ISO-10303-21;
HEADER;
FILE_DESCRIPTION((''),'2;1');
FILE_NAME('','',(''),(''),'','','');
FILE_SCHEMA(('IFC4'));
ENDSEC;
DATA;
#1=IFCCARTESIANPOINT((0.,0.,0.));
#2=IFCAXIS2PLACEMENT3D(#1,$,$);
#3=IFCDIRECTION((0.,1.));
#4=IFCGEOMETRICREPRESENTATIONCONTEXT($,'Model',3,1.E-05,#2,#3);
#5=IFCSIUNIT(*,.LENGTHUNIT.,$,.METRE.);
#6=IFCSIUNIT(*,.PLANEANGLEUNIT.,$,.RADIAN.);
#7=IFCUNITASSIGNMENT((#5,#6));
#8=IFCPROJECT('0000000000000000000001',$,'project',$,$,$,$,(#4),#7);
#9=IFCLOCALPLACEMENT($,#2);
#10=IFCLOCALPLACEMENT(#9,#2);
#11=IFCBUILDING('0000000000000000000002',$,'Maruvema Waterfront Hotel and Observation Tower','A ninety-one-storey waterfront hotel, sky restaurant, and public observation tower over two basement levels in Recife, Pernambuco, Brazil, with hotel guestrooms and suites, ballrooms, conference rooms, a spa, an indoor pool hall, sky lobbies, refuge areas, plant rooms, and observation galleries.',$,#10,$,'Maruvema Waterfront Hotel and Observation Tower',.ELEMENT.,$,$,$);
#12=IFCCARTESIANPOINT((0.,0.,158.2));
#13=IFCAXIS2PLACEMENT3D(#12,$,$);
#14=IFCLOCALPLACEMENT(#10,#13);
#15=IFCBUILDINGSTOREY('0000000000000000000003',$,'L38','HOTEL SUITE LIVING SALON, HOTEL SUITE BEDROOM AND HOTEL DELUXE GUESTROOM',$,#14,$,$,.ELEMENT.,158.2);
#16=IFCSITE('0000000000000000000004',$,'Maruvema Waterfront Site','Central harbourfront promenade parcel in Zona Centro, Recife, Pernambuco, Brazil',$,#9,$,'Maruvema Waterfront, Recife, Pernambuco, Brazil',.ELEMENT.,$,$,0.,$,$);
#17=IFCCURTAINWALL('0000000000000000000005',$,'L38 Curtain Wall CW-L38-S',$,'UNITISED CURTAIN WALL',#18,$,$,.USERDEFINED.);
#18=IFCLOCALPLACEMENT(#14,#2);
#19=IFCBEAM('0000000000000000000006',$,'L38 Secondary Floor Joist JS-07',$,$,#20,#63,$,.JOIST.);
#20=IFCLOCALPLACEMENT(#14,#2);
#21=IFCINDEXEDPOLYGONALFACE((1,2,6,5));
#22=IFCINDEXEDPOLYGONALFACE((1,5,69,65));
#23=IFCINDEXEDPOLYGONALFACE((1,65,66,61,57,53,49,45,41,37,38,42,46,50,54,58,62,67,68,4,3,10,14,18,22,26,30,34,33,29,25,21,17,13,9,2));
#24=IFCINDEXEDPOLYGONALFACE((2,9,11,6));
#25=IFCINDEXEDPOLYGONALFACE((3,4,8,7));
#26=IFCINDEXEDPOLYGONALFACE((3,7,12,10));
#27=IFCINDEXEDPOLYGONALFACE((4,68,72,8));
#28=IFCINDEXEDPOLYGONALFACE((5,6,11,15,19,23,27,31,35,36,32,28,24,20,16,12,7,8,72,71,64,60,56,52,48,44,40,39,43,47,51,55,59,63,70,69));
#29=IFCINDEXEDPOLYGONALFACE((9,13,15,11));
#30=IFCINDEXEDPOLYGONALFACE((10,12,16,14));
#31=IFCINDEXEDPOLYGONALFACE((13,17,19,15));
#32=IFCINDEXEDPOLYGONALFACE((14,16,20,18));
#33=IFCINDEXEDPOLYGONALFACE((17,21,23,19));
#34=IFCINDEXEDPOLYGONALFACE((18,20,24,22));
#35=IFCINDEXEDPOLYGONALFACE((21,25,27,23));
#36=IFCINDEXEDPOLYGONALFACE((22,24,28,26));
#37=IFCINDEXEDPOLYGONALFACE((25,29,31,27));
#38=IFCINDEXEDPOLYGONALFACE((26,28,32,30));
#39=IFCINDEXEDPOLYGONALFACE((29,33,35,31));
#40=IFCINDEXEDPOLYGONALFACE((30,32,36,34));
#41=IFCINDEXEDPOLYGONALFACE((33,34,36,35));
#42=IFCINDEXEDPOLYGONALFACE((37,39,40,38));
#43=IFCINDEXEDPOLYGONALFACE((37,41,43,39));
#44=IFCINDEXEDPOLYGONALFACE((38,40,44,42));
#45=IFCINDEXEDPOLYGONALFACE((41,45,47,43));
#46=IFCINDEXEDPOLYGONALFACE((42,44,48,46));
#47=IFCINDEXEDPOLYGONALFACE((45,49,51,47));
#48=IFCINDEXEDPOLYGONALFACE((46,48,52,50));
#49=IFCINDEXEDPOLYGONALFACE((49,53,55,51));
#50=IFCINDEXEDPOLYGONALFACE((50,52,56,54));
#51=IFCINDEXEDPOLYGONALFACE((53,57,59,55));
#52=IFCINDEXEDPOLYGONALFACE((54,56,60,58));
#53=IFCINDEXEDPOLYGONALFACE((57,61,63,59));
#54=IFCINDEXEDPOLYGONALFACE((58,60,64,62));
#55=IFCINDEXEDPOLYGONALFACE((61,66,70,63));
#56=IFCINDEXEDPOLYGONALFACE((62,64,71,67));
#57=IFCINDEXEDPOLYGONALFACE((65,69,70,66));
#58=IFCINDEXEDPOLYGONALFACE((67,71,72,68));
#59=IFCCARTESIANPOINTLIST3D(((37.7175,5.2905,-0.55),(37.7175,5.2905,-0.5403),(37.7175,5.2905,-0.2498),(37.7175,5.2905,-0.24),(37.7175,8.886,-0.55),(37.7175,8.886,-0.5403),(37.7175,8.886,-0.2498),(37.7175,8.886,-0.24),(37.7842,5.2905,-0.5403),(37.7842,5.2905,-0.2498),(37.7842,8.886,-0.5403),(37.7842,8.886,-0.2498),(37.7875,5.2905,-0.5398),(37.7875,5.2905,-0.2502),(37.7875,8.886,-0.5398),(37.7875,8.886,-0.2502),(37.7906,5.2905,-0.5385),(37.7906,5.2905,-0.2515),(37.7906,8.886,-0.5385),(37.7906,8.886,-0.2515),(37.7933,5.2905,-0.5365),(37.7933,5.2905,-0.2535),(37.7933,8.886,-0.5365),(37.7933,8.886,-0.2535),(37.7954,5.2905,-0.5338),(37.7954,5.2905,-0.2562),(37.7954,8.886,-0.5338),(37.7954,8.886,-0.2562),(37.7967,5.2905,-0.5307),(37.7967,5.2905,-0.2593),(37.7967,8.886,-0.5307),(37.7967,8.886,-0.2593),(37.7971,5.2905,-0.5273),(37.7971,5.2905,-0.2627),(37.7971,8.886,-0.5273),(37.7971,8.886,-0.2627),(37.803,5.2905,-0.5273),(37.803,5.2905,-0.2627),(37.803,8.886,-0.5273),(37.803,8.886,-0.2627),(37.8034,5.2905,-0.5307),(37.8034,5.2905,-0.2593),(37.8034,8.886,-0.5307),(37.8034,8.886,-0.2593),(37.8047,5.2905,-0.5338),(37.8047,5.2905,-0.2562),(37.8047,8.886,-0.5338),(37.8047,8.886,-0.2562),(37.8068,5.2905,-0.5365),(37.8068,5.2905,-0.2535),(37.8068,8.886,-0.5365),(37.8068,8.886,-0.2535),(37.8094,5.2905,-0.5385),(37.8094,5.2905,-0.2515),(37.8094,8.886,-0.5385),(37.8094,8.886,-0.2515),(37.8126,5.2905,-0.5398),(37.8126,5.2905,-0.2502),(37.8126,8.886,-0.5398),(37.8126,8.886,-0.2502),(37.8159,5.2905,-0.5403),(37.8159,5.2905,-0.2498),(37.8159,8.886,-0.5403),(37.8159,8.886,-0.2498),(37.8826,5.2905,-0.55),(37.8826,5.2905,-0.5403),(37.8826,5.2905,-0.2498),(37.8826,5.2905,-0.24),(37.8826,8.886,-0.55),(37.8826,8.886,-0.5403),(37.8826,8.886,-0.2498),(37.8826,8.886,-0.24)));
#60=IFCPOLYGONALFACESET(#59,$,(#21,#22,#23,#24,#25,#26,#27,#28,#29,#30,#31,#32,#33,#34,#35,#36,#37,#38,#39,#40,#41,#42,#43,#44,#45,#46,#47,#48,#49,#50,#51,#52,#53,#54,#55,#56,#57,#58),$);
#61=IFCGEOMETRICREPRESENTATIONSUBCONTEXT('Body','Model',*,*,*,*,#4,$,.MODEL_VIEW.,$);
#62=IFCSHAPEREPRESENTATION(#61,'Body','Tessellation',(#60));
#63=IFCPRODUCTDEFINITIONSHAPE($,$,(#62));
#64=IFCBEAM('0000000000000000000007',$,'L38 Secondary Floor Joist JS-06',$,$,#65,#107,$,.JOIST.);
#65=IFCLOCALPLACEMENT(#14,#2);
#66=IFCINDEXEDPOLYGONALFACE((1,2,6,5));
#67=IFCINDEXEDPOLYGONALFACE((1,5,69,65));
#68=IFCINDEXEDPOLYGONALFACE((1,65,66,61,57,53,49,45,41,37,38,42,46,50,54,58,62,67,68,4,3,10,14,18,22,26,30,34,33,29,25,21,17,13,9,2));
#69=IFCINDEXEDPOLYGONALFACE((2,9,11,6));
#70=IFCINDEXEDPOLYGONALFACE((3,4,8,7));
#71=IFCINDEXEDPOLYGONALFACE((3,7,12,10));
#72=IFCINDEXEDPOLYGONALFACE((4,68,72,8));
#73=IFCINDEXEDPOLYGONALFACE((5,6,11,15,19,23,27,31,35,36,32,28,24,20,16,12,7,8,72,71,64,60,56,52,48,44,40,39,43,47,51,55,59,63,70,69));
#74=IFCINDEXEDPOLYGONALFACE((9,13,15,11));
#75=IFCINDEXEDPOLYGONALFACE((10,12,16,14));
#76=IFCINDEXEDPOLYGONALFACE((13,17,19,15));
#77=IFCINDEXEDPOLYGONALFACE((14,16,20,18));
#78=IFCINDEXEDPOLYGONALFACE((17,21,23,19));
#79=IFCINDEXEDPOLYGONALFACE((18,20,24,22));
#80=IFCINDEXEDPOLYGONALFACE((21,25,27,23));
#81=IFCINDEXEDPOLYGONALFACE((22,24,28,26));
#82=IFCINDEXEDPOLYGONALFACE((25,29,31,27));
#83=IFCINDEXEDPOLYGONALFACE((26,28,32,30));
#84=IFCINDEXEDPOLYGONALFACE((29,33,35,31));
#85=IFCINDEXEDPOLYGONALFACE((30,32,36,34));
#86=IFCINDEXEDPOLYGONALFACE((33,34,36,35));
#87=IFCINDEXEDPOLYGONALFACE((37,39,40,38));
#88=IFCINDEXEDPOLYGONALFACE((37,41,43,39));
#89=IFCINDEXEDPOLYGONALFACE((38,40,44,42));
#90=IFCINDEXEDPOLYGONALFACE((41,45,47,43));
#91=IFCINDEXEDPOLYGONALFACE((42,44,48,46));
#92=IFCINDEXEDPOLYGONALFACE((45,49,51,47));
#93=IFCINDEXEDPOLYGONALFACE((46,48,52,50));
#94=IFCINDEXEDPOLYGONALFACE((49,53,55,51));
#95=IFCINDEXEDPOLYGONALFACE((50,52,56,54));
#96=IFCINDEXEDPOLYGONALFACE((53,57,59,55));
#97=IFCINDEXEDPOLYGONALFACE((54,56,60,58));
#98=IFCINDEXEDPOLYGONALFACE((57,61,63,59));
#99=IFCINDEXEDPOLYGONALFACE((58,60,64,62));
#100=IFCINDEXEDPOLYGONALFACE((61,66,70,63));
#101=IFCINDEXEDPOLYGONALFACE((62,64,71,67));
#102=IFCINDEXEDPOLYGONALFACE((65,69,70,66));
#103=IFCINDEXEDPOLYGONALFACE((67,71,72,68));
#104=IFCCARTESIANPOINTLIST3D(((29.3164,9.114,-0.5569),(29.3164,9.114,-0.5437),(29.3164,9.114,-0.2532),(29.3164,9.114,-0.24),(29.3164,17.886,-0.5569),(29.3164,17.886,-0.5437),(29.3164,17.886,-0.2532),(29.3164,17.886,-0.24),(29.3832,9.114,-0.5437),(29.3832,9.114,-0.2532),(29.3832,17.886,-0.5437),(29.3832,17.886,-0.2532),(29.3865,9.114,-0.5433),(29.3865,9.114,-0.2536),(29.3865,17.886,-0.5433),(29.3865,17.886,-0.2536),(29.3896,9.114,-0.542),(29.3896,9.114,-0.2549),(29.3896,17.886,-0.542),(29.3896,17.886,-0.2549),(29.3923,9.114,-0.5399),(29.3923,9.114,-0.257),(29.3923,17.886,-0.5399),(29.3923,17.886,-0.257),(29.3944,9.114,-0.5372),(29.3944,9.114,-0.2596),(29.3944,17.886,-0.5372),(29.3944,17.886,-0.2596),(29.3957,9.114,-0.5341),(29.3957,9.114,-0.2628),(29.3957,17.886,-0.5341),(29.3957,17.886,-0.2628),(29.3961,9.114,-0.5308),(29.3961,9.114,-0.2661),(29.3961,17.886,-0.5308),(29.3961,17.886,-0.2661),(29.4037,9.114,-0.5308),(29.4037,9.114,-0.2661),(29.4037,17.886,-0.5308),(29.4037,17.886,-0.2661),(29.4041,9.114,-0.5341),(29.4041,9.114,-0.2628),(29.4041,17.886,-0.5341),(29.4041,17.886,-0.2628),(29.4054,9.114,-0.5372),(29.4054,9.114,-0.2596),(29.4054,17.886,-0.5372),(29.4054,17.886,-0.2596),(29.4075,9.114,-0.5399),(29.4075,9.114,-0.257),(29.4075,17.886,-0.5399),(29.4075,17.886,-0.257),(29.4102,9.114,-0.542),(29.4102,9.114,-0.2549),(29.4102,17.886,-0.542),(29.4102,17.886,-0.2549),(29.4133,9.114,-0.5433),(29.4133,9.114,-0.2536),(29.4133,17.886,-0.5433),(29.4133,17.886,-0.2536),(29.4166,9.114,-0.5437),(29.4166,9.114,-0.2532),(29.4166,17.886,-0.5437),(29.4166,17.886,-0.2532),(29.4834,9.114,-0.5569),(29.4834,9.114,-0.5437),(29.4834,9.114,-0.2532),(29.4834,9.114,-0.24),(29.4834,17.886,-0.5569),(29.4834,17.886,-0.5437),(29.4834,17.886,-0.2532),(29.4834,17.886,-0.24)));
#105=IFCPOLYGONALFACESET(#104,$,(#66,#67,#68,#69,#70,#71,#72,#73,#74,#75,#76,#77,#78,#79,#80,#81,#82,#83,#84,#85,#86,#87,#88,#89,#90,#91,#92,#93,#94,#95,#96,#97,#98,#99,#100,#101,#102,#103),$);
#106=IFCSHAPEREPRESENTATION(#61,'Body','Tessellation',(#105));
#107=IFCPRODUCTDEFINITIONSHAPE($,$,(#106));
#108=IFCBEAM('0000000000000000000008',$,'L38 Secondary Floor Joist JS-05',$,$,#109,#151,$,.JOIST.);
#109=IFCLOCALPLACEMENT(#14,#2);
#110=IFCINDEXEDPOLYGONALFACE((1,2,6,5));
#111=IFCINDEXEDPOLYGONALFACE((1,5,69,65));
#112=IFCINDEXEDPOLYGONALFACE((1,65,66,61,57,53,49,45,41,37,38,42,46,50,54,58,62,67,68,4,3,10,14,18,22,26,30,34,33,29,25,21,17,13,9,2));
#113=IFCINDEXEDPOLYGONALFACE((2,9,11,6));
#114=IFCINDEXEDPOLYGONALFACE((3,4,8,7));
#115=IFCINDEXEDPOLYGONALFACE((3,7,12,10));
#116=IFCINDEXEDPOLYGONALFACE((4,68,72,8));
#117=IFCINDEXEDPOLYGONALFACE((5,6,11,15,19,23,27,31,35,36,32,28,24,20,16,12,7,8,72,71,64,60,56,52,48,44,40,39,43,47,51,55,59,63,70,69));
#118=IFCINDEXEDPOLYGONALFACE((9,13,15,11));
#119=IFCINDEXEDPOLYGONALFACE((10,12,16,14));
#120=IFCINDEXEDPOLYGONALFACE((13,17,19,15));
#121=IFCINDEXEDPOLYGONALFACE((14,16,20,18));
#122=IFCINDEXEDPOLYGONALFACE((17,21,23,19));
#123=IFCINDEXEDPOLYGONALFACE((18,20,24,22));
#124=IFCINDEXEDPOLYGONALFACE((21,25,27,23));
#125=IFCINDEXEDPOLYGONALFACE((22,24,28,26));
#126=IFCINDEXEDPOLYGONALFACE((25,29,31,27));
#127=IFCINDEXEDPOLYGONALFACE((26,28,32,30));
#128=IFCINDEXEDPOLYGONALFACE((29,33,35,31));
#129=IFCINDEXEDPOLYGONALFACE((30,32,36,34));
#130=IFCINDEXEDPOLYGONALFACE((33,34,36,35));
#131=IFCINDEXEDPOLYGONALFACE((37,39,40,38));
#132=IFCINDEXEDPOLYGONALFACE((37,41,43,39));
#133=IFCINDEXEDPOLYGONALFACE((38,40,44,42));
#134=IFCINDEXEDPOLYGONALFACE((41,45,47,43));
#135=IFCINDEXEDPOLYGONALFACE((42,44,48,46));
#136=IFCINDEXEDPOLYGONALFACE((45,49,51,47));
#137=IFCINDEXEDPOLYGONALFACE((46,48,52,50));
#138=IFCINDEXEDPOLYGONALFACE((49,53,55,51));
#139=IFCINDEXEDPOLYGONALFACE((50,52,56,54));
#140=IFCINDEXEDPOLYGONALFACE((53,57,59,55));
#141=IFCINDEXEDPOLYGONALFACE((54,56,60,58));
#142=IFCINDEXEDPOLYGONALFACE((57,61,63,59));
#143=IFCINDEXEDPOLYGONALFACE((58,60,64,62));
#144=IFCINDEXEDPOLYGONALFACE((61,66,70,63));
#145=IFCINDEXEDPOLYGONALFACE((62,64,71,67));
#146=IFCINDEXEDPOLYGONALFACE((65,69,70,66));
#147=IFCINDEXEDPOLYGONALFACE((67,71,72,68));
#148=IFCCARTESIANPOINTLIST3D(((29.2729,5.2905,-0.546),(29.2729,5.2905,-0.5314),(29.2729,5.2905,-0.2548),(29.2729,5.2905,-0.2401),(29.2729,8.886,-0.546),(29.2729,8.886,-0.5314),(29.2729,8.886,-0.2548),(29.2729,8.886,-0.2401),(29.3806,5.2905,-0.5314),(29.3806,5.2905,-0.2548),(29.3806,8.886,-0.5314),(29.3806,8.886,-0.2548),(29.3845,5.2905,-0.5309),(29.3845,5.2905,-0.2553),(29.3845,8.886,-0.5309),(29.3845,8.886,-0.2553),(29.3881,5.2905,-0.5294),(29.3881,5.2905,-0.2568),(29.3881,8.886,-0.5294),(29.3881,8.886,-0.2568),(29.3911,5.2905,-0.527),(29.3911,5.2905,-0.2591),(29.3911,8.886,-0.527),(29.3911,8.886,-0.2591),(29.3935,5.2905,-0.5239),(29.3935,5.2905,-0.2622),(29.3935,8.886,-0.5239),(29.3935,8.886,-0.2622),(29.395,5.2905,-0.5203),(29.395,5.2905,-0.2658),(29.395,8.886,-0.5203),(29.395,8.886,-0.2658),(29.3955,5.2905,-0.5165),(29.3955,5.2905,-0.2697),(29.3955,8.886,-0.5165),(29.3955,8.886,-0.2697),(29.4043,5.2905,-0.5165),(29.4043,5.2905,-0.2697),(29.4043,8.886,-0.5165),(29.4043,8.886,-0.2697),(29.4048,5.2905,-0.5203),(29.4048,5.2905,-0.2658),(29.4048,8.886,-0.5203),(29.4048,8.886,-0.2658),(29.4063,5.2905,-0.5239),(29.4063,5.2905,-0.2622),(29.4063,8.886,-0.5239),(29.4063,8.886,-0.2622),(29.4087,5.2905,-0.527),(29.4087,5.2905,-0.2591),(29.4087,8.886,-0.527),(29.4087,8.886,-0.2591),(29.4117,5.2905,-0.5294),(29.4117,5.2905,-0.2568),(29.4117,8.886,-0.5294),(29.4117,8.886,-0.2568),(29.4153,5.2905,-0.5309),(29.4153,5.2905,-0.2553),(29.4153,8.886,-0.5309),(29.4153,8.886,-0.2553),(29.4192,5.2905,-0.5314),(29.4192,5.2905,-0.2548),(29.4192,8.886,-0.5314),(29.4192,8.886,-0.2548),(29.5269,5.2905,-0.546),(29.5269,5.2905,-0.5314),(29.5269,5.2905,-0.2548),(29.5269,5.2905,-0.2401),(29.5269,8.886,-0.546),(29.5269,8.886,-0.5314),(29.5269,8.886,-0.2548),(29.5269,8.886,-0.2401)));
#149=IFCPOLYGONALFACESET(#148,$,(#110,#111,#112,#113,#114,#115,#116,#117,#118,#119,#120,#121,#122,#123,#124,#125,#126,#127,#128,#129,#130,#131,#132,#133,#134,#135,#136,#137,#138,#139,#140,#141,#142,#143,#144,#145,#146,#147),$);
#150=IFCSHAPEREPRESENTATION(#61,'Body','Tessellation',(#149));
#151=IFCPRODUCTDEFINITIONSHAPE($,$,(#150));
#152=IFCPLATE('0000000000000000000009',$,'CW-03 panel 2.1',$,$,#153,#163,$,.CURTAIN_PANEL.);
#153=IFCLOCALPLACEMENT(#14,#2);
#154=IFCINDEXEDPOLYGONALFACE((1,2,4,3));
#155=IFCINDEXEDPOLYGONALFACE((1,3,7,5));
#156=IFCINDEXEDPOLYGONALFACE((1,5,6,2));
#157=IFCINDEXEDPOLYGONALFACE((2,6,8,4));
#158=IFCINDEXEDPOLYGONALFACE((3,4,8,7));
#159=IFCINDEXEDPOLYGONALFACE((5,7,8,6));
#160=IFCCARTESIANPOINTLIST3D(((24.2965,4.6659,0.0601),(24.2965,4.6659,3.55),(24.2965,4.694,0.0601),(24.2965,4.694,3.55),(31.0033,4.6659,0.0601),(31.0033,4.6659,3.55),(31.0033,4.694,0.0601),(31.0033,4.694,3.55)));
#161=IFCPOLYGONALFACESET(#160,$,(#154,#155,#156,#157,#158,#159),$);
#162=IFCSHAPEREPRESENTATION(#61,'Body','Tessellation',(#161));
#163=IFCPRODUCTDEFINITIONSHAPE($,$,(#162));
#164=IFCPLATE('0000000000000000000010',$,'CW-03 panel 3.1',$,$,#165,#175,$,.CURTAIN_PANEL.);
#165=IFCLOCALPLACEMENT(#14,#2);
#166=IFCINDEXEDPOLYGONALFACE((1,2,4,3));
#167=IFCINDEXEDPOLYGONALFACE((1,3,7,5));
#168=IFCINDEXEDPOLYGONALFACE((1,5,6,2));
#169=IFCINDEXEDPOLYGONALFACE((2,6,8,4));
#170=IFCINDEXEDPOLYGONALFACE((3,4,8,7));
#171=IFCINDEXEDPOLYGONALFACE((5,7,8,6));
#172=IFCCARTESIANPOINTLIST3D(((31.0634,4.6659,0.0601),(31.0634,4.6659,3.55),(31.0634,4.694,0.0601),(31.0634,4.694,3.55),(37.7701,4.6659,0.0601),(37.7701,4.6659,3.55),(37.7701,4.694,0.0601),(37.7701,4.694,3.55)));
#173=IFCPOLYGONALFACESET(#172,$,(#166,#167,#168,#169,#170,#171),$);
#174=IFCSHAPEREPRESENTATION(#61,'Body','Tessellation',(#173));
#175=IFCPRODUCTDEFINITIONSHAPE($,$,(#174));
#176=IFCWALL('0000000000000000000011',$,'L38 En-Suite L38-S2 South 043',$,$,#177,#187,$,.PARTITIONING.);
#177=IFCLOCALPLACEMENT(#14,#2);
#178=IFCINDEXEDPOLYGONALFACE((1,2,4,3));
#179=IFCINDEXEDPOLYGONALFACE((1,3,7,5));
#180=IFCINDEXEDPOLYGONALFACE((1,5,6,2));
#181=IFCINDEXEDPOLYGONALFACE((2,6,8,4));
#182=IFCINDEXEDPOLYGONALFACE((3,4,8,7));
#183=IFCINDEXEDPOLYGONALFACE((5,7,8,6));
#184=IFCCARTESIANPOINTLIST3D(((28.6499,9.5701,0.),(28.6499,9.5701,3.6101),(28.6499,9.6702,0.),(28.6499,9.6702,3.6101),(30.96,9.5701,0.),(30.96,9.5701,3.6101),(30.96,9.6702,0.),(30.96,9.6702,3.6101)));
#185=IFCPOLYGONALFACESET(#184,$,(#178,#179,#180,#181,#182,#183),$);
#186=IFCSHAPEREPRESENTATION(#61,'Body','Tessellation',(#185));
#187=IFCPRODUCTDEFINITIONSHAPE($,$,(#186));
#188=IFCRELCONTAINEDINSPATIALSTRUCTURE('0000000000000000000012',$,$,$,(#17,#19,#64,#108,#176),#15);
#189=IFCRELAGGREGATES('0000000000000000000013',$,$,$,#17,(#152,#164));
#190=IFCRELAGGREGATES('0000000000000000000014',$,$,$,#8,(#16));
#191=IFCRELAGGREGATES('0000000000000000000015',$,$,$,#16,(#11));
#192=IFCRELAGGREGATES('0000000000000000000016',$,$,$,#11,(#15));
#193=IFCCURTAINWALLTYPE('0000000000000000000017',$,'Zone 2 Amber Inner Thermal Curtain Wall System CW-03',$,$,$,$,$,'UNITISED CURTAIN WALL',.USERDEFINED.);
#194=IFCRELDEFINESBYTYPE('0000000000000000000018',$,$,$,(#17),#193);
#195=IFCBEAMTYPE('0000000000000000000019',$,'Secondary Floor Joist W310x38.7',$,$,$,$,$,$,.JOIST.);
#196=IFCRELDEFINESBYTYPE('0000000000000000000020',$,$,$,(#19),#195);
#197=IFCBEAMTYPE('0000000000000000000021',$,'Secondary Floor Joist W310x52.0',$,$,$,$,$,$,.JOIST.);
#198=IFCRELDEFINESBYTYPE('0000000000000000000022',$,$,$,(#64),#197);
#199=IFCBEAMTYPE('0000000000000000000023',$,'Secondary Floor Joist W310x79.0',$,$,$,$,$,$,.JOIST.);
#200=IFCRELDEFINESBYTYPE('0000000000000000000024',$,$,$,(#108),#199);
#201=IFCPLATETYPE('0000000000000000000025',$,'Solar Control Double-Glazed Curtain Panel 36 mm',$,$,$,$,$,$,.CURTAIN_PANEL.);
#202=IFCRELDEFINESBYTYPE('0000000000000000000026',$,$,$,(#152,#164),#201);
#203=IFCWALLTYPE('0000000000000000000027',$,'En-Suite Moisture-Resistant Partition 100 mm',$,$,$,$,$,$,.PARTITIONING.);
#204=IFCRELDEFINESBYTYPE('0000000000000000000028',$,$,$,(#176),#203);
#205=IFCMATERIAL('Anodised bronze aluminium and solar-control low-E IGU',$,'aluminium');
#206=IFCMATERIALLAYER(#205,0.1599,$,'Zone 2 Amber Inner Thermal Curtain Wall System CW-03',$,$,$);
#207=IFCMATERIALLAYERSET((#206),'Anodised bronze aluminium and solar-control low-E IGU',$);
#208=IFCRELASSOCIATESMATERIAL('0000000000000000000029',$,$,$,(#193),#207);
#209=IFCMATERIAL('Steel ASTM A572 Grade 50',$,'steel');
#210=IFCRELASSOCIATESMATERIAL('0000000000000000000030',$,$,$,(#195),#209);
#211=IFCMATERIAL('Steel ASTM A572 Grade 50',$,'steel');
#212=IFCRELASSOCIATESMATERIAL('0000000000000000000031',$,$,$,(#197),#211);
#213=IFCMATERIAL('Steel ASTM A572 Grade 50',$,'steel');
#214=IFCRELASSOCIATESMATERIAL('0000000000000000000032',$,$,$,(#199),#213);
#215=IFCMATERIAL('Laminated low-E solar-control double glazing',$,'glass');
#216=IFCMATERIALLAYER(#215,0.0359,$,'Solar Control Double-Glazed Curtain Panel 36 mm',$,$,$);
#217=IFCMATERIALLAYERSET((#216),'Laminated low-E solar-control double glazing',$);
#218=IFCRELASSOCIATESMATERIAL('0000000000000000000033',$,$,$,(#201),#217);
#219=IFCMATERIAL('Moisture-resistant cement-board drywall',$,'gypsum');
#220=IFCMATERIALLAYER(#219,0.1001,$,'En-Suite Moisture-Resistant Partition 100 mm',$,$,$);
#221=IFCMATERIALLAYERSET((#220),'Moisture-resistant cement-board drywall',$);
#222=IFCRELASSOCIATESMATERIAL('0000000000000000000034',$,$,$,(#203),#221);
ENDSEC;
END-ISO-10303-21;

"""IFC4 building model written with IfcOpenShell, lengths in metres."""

from ifc_helpers import new_model, si_unit, direction, frame, frame_2d, origin, origin_2d, place, context, subcontext, project, spatial, rectangle, i_section, extrude, material, layer, layer_set, material_profile, profile_set, type_object, element, aggregate, save


model = new_model("IFC4")

# Units and contexts
model_context = context("Model", 3, precision=1e-05, world=origin(), true_north=direction((0.0, 1.0)))
body_context = subcontext(model_context, "Body", "Model", "MODEL_VIEW")
ifc_project = project(units=[si_unit("LENGTHUNIT", "METRE"), si_unit("PLANEANGLEUNIT", "RADIAN")], contexts=[model_context])

# Site, building, storey
site_placement = place(None, origin())
site = spatial("IfcSite", under=ifc_project, at=site_placement, Name="Maruvema Waterfront Site", Description="Central harbourfront promenade parcel in Zona Centro, Recife, Pernambuco, Brazil", LongName="Maruvema Waterfront, Recife, Pernambuco, Brazil", CompositionType="ELEMENT", RefElevation=0.0)
building_placement = place(site_placement, origin())
building = spatial("IfcBuilding", under=site, at=building_placement, Name="Maruvema Waterfront Hotel and Observation Tower", Description="A ninety-one-storey waterfront hotel, sky restaurant, and public observation tower over two basement levels in Recife, Pernambuco, Brazil, with hotel guestrooms and suites, ballrooms, conference rooms, a spa, an indoor pool hall, sky lobbies, refuge areas, plant rooms, and observation galleries.", LongName="Maruvema Waterfront Hotel and Observation Tower", CompositionType="ELEMENT")
storey_placement = place(building_placement, frame((0.0, 0.0, 158.2)))
storey = spatial("IfcBuildingStorey", under=building, at=storey_placement, Name="L38", Description="HOTEL SUITE LIVING SALON, HOTEL SUITE BEDROOM AND HOTEL DELUXE GUESTROOM", CompositionType="ELEMENT", Elevation=158.2)

# Curtain wall
ifc_material_1 = material(Name="Anodised bronze aluminium and solar-control low-E IGU", Category="aluminium")
ifc_layer_1 = layer(ifc_material_1, 0.1599, Name="Zone 2 Amber Inner Thermal Curtain Wall System CW-03")
ifc_layer_set_1 = layer_set([ifc_layer_1], Name="Anodised bronze aluminium and solar-control low-E IGU")
curtain_wall_type = type_object("IfcCurtainWallType", Name="Zone 2 Amber Inner Thermal Curtain Wall System CW-03", ElementType="UNITISED CURTAIN WALL", PredefinedType="USERDEFINED", material=ifc_layer_set_1)
curtain_wall_placement = place(storey_placement, origin())
curtain_wall = element("IfcCurtainWall", 1, at=curtain_wall_placement, inside=storey, type_object=curtain_wall_type, Name="L38 Curtain Wall CW-L38-S", ObjectType="UNITISED CURTAIN WALL", PredefinedType="USERDEFINED")

# Beams
ifc_material_2 = material(Name="Steel ASTM A572 Grade 50", Category="steel")
ifc_material_profile_1 = material_profile(ifc_material_2, i_section(OverallWidth=0.165, OverallDepth=0.3101, WebThickness=0.0059, FlangeThickness=0.0098, FilletRadius=0.0129, at=origin_2d()), Name="W310x38.7")
ifc_profile_set_1 = profile_set([ifc_material_profile_1], Name="Steel ASTM A572 Grade 50")
beam_type_1 = type_object("IfcBeamType", Name="Secondary Floor Joist W310x38.7", PredefinedType="JOIST", material=ifc_profile_set_1)
beam_1_placement = place(storey_placement, frame((37.8, 5.2905, -0.395), z_axis=(0.0, 1.0, 0.0), x_axis=(-1.0, 0.0, 0.0)))
element("IfcBeam", 2, at=beam_1_placement, inside=storey, type_object=beam_type_1, Name="L38 Secondary Floor Joist JS-07", PredefinedType="JOIST", context=body_context, shape_type="SweptSolid", body=[
    extrude(i_section(OverallWidth=0.165, OverallDepth=0.3101, WebThickness=0.0059, FlangeThickness=0.0098, FilletRadius=0.0129, at=origin_2d()), origin(), (0.0, 0.0, 1.0), 3.5955),
])
ifc_material_3 = material(Name="Steel ASTM A572 Grade 50", Category="steel")
ifc_material_profile_2 = material_profile(ifc_material_3, i_section(OverallWidth=0.167, OverallDepth=0.3169, WebThickness=0.0076, FlangeThickness=0.0132, FilletRadius=0.0129, at=origin_2d()), Name="W310x52.0")
ifc_profile_set_2 = profile_set([ifc_material_profile_2], Name="Steel ASTM A572 Grade 50")
beam_type_2 = type_object("IfcBeamType", Name="Secondary Floor Joist W310x52.0", PredefinedType="JOIST", material=ifc_profile_set_2)
beam_2_placement = place(storey_placement, frame((29.3999, 9.114, -0.3984), z_axis=(0.0, 1.0, 0.0), x_axis=(-1.0, 0.0, 0.0)))
element("IfcBeam", 3, at=beam_2_placement, inside=storey, type_object=beam_type_2, Name="L38 Secondary Floor Joist JS-06", PredefinedType="JOIST", context=body_context, shape_type="SweptSolid", body=[
    extrude(i_section(OverallWidth=0.167, OverallDepth=0.3169, WebThickness=0.0076, FlangeThickness=0.0132, FilletRadius=0.0129, at=origin_2d()), origin(), (0.0, 0.0, 1.0), 8.772),
])
ifc_material_4 = material(Name="Steel ASTM A572 Grade 50", Category="steel")
ifc_material_profile_3 = material_profile(ifc_material_4, i_section(OverallWidth=0.2539, OverallDepth=0.3059, WebThickness=0.0088, FlangeThickness=0.0146, FilletRadius=0.0149, at=origin_2d()), Name="W310x79.0")
ifc_profile_set_3 = profile_set([ifc_material_profile_3], Name="Steel ASTM A572 Grade 50")
beam_type_3 = type_object("IfcBeamType", Name="Secondary Floor Joist W310x79.0", PredefinedType="JOIST", material=ifc_profile_set_3)
beam_3_placement = place(storey_placement, frame((29.3999, 5.2905, -0.3931), z_axis=(0.0, 1.0, 0.0), x_axis=(-1.0, 0.0, 0.0)))
element("IfcBeam", 4, at=beam_3_placement, inside=storey, type_object=beam_type_3, Name="L38 Secondary Floor Joist JS-05", PredefinedType="JOIST", context=body_context, shape_type="SweptSolid", body=[
    extrude(i_section(OverallWidth=0.2539, OverallDepth=0.3059, WebThickness=0.0088, FlangeThickness=0.0146, FilletRadius=0.0149, at=origin_2d()), origin(), (0.0, 0.0, 1.0), 3.5955),
])

# Plates
ifc_material_5 = material(Name="Laminated low-E solar-control double glazing", Category="glass")
ifc_layer_2 = layer(ifc_material_5, 0.0359, Name="Solar Control Double-Glazed Curtain Panel 36 mm")
ifc_layer_set_2 = layer_set([ifc_layer_2], Name="Laminated low-E solar-control double glazing")
plate_type = type_object("IfcPlateType", Name="Solar Control Double-Glazed Curtain Panel 36 mm", PredefinedType="CURTAIN_PANEL", material=ifc_layer_set_2)
plate_1_placement = place(storey_placement, frame((27.6499, 4.6799, 0.0601), z_axis=(0.0, 0.0, 1.0), x_axis=(1.0, 0.0, 0.0)))
plate_1 = element("IfcPlate", 5, at=plate_1_placement, type_object=plate_type, Name="CW-03 panel 2.1", PredefinedType="CURTAIN_PANEL", context=body_context, shape_type="SweptSolid", body=[
    extrude(rectangle(XDim=6.7068, YDim=0.0281, at=origin_2d()), origin(), (0.0, 0.0, 1.0), 3.49),
])
plate_2_placement = place(storey_placement, frame((34.4167, 4.6799, 0.0601), z_axis=(0.0, 0.0, 1.0), x_axis=(1.0, 0.0, 0.0)))
plate_2 = element("IfcPlate", 6, at=plate_2_placement, type_object=plate_type, Name="CW-03 panel 3.1", PredefinedType="CURTAIN_PANEL", context=body_context, shape_type="SweptSolid", body=[
    extrude(rectangle(XDim=6.7068, YDim=0.0281, at=origin_2d()), origin(), (0.0, 0.0, 1.0), 3.49),
])
aggregate(curtain_wall, [plate_1, plate_2])

# Wall
ifc_material_6 = material(Name="Moisture-resistant cement-board drywall", Category="gypsum")
ifc_layer_3 = layer(ifc_material_6, 0.1001, Name="En-Suite Moisture-Resistant Partition 100 mm")
ifc_layer_set_3 = layer_set([ifc_layer_3], Name="Moisture-resistant cement-board drywall")
wall_type_1 = type_object("IfcWallType", Name="En-Suite Moisture-Resistant Partition 100 mm", PredefinedType="PARTITIONING", material=ifc_layer_set_3)
wall_placement = place(storey_placement, frame((28.6499, 9.6201, 0.0), z_axis=(0.0, 0.0, 1.0), x_axis=(1.0, 0.0, 0.0)))
element("IfcWall", 7, at=wall_placement, inside=storey, type_object=wall_type_1, Name="L38 En-Suite L38-S2 South 043", PredefinedType="PARTITIONING", context=body_context, shape_type="SweptSolid", body=[
    extrude(rectangle(XDim=2.3101, YDim=0.1001, at=frame_2d((1.155, 0.0))), origin(), (0.0, 0.0, 1.0), 3.6101),
])

save(model, "model.ifc")
